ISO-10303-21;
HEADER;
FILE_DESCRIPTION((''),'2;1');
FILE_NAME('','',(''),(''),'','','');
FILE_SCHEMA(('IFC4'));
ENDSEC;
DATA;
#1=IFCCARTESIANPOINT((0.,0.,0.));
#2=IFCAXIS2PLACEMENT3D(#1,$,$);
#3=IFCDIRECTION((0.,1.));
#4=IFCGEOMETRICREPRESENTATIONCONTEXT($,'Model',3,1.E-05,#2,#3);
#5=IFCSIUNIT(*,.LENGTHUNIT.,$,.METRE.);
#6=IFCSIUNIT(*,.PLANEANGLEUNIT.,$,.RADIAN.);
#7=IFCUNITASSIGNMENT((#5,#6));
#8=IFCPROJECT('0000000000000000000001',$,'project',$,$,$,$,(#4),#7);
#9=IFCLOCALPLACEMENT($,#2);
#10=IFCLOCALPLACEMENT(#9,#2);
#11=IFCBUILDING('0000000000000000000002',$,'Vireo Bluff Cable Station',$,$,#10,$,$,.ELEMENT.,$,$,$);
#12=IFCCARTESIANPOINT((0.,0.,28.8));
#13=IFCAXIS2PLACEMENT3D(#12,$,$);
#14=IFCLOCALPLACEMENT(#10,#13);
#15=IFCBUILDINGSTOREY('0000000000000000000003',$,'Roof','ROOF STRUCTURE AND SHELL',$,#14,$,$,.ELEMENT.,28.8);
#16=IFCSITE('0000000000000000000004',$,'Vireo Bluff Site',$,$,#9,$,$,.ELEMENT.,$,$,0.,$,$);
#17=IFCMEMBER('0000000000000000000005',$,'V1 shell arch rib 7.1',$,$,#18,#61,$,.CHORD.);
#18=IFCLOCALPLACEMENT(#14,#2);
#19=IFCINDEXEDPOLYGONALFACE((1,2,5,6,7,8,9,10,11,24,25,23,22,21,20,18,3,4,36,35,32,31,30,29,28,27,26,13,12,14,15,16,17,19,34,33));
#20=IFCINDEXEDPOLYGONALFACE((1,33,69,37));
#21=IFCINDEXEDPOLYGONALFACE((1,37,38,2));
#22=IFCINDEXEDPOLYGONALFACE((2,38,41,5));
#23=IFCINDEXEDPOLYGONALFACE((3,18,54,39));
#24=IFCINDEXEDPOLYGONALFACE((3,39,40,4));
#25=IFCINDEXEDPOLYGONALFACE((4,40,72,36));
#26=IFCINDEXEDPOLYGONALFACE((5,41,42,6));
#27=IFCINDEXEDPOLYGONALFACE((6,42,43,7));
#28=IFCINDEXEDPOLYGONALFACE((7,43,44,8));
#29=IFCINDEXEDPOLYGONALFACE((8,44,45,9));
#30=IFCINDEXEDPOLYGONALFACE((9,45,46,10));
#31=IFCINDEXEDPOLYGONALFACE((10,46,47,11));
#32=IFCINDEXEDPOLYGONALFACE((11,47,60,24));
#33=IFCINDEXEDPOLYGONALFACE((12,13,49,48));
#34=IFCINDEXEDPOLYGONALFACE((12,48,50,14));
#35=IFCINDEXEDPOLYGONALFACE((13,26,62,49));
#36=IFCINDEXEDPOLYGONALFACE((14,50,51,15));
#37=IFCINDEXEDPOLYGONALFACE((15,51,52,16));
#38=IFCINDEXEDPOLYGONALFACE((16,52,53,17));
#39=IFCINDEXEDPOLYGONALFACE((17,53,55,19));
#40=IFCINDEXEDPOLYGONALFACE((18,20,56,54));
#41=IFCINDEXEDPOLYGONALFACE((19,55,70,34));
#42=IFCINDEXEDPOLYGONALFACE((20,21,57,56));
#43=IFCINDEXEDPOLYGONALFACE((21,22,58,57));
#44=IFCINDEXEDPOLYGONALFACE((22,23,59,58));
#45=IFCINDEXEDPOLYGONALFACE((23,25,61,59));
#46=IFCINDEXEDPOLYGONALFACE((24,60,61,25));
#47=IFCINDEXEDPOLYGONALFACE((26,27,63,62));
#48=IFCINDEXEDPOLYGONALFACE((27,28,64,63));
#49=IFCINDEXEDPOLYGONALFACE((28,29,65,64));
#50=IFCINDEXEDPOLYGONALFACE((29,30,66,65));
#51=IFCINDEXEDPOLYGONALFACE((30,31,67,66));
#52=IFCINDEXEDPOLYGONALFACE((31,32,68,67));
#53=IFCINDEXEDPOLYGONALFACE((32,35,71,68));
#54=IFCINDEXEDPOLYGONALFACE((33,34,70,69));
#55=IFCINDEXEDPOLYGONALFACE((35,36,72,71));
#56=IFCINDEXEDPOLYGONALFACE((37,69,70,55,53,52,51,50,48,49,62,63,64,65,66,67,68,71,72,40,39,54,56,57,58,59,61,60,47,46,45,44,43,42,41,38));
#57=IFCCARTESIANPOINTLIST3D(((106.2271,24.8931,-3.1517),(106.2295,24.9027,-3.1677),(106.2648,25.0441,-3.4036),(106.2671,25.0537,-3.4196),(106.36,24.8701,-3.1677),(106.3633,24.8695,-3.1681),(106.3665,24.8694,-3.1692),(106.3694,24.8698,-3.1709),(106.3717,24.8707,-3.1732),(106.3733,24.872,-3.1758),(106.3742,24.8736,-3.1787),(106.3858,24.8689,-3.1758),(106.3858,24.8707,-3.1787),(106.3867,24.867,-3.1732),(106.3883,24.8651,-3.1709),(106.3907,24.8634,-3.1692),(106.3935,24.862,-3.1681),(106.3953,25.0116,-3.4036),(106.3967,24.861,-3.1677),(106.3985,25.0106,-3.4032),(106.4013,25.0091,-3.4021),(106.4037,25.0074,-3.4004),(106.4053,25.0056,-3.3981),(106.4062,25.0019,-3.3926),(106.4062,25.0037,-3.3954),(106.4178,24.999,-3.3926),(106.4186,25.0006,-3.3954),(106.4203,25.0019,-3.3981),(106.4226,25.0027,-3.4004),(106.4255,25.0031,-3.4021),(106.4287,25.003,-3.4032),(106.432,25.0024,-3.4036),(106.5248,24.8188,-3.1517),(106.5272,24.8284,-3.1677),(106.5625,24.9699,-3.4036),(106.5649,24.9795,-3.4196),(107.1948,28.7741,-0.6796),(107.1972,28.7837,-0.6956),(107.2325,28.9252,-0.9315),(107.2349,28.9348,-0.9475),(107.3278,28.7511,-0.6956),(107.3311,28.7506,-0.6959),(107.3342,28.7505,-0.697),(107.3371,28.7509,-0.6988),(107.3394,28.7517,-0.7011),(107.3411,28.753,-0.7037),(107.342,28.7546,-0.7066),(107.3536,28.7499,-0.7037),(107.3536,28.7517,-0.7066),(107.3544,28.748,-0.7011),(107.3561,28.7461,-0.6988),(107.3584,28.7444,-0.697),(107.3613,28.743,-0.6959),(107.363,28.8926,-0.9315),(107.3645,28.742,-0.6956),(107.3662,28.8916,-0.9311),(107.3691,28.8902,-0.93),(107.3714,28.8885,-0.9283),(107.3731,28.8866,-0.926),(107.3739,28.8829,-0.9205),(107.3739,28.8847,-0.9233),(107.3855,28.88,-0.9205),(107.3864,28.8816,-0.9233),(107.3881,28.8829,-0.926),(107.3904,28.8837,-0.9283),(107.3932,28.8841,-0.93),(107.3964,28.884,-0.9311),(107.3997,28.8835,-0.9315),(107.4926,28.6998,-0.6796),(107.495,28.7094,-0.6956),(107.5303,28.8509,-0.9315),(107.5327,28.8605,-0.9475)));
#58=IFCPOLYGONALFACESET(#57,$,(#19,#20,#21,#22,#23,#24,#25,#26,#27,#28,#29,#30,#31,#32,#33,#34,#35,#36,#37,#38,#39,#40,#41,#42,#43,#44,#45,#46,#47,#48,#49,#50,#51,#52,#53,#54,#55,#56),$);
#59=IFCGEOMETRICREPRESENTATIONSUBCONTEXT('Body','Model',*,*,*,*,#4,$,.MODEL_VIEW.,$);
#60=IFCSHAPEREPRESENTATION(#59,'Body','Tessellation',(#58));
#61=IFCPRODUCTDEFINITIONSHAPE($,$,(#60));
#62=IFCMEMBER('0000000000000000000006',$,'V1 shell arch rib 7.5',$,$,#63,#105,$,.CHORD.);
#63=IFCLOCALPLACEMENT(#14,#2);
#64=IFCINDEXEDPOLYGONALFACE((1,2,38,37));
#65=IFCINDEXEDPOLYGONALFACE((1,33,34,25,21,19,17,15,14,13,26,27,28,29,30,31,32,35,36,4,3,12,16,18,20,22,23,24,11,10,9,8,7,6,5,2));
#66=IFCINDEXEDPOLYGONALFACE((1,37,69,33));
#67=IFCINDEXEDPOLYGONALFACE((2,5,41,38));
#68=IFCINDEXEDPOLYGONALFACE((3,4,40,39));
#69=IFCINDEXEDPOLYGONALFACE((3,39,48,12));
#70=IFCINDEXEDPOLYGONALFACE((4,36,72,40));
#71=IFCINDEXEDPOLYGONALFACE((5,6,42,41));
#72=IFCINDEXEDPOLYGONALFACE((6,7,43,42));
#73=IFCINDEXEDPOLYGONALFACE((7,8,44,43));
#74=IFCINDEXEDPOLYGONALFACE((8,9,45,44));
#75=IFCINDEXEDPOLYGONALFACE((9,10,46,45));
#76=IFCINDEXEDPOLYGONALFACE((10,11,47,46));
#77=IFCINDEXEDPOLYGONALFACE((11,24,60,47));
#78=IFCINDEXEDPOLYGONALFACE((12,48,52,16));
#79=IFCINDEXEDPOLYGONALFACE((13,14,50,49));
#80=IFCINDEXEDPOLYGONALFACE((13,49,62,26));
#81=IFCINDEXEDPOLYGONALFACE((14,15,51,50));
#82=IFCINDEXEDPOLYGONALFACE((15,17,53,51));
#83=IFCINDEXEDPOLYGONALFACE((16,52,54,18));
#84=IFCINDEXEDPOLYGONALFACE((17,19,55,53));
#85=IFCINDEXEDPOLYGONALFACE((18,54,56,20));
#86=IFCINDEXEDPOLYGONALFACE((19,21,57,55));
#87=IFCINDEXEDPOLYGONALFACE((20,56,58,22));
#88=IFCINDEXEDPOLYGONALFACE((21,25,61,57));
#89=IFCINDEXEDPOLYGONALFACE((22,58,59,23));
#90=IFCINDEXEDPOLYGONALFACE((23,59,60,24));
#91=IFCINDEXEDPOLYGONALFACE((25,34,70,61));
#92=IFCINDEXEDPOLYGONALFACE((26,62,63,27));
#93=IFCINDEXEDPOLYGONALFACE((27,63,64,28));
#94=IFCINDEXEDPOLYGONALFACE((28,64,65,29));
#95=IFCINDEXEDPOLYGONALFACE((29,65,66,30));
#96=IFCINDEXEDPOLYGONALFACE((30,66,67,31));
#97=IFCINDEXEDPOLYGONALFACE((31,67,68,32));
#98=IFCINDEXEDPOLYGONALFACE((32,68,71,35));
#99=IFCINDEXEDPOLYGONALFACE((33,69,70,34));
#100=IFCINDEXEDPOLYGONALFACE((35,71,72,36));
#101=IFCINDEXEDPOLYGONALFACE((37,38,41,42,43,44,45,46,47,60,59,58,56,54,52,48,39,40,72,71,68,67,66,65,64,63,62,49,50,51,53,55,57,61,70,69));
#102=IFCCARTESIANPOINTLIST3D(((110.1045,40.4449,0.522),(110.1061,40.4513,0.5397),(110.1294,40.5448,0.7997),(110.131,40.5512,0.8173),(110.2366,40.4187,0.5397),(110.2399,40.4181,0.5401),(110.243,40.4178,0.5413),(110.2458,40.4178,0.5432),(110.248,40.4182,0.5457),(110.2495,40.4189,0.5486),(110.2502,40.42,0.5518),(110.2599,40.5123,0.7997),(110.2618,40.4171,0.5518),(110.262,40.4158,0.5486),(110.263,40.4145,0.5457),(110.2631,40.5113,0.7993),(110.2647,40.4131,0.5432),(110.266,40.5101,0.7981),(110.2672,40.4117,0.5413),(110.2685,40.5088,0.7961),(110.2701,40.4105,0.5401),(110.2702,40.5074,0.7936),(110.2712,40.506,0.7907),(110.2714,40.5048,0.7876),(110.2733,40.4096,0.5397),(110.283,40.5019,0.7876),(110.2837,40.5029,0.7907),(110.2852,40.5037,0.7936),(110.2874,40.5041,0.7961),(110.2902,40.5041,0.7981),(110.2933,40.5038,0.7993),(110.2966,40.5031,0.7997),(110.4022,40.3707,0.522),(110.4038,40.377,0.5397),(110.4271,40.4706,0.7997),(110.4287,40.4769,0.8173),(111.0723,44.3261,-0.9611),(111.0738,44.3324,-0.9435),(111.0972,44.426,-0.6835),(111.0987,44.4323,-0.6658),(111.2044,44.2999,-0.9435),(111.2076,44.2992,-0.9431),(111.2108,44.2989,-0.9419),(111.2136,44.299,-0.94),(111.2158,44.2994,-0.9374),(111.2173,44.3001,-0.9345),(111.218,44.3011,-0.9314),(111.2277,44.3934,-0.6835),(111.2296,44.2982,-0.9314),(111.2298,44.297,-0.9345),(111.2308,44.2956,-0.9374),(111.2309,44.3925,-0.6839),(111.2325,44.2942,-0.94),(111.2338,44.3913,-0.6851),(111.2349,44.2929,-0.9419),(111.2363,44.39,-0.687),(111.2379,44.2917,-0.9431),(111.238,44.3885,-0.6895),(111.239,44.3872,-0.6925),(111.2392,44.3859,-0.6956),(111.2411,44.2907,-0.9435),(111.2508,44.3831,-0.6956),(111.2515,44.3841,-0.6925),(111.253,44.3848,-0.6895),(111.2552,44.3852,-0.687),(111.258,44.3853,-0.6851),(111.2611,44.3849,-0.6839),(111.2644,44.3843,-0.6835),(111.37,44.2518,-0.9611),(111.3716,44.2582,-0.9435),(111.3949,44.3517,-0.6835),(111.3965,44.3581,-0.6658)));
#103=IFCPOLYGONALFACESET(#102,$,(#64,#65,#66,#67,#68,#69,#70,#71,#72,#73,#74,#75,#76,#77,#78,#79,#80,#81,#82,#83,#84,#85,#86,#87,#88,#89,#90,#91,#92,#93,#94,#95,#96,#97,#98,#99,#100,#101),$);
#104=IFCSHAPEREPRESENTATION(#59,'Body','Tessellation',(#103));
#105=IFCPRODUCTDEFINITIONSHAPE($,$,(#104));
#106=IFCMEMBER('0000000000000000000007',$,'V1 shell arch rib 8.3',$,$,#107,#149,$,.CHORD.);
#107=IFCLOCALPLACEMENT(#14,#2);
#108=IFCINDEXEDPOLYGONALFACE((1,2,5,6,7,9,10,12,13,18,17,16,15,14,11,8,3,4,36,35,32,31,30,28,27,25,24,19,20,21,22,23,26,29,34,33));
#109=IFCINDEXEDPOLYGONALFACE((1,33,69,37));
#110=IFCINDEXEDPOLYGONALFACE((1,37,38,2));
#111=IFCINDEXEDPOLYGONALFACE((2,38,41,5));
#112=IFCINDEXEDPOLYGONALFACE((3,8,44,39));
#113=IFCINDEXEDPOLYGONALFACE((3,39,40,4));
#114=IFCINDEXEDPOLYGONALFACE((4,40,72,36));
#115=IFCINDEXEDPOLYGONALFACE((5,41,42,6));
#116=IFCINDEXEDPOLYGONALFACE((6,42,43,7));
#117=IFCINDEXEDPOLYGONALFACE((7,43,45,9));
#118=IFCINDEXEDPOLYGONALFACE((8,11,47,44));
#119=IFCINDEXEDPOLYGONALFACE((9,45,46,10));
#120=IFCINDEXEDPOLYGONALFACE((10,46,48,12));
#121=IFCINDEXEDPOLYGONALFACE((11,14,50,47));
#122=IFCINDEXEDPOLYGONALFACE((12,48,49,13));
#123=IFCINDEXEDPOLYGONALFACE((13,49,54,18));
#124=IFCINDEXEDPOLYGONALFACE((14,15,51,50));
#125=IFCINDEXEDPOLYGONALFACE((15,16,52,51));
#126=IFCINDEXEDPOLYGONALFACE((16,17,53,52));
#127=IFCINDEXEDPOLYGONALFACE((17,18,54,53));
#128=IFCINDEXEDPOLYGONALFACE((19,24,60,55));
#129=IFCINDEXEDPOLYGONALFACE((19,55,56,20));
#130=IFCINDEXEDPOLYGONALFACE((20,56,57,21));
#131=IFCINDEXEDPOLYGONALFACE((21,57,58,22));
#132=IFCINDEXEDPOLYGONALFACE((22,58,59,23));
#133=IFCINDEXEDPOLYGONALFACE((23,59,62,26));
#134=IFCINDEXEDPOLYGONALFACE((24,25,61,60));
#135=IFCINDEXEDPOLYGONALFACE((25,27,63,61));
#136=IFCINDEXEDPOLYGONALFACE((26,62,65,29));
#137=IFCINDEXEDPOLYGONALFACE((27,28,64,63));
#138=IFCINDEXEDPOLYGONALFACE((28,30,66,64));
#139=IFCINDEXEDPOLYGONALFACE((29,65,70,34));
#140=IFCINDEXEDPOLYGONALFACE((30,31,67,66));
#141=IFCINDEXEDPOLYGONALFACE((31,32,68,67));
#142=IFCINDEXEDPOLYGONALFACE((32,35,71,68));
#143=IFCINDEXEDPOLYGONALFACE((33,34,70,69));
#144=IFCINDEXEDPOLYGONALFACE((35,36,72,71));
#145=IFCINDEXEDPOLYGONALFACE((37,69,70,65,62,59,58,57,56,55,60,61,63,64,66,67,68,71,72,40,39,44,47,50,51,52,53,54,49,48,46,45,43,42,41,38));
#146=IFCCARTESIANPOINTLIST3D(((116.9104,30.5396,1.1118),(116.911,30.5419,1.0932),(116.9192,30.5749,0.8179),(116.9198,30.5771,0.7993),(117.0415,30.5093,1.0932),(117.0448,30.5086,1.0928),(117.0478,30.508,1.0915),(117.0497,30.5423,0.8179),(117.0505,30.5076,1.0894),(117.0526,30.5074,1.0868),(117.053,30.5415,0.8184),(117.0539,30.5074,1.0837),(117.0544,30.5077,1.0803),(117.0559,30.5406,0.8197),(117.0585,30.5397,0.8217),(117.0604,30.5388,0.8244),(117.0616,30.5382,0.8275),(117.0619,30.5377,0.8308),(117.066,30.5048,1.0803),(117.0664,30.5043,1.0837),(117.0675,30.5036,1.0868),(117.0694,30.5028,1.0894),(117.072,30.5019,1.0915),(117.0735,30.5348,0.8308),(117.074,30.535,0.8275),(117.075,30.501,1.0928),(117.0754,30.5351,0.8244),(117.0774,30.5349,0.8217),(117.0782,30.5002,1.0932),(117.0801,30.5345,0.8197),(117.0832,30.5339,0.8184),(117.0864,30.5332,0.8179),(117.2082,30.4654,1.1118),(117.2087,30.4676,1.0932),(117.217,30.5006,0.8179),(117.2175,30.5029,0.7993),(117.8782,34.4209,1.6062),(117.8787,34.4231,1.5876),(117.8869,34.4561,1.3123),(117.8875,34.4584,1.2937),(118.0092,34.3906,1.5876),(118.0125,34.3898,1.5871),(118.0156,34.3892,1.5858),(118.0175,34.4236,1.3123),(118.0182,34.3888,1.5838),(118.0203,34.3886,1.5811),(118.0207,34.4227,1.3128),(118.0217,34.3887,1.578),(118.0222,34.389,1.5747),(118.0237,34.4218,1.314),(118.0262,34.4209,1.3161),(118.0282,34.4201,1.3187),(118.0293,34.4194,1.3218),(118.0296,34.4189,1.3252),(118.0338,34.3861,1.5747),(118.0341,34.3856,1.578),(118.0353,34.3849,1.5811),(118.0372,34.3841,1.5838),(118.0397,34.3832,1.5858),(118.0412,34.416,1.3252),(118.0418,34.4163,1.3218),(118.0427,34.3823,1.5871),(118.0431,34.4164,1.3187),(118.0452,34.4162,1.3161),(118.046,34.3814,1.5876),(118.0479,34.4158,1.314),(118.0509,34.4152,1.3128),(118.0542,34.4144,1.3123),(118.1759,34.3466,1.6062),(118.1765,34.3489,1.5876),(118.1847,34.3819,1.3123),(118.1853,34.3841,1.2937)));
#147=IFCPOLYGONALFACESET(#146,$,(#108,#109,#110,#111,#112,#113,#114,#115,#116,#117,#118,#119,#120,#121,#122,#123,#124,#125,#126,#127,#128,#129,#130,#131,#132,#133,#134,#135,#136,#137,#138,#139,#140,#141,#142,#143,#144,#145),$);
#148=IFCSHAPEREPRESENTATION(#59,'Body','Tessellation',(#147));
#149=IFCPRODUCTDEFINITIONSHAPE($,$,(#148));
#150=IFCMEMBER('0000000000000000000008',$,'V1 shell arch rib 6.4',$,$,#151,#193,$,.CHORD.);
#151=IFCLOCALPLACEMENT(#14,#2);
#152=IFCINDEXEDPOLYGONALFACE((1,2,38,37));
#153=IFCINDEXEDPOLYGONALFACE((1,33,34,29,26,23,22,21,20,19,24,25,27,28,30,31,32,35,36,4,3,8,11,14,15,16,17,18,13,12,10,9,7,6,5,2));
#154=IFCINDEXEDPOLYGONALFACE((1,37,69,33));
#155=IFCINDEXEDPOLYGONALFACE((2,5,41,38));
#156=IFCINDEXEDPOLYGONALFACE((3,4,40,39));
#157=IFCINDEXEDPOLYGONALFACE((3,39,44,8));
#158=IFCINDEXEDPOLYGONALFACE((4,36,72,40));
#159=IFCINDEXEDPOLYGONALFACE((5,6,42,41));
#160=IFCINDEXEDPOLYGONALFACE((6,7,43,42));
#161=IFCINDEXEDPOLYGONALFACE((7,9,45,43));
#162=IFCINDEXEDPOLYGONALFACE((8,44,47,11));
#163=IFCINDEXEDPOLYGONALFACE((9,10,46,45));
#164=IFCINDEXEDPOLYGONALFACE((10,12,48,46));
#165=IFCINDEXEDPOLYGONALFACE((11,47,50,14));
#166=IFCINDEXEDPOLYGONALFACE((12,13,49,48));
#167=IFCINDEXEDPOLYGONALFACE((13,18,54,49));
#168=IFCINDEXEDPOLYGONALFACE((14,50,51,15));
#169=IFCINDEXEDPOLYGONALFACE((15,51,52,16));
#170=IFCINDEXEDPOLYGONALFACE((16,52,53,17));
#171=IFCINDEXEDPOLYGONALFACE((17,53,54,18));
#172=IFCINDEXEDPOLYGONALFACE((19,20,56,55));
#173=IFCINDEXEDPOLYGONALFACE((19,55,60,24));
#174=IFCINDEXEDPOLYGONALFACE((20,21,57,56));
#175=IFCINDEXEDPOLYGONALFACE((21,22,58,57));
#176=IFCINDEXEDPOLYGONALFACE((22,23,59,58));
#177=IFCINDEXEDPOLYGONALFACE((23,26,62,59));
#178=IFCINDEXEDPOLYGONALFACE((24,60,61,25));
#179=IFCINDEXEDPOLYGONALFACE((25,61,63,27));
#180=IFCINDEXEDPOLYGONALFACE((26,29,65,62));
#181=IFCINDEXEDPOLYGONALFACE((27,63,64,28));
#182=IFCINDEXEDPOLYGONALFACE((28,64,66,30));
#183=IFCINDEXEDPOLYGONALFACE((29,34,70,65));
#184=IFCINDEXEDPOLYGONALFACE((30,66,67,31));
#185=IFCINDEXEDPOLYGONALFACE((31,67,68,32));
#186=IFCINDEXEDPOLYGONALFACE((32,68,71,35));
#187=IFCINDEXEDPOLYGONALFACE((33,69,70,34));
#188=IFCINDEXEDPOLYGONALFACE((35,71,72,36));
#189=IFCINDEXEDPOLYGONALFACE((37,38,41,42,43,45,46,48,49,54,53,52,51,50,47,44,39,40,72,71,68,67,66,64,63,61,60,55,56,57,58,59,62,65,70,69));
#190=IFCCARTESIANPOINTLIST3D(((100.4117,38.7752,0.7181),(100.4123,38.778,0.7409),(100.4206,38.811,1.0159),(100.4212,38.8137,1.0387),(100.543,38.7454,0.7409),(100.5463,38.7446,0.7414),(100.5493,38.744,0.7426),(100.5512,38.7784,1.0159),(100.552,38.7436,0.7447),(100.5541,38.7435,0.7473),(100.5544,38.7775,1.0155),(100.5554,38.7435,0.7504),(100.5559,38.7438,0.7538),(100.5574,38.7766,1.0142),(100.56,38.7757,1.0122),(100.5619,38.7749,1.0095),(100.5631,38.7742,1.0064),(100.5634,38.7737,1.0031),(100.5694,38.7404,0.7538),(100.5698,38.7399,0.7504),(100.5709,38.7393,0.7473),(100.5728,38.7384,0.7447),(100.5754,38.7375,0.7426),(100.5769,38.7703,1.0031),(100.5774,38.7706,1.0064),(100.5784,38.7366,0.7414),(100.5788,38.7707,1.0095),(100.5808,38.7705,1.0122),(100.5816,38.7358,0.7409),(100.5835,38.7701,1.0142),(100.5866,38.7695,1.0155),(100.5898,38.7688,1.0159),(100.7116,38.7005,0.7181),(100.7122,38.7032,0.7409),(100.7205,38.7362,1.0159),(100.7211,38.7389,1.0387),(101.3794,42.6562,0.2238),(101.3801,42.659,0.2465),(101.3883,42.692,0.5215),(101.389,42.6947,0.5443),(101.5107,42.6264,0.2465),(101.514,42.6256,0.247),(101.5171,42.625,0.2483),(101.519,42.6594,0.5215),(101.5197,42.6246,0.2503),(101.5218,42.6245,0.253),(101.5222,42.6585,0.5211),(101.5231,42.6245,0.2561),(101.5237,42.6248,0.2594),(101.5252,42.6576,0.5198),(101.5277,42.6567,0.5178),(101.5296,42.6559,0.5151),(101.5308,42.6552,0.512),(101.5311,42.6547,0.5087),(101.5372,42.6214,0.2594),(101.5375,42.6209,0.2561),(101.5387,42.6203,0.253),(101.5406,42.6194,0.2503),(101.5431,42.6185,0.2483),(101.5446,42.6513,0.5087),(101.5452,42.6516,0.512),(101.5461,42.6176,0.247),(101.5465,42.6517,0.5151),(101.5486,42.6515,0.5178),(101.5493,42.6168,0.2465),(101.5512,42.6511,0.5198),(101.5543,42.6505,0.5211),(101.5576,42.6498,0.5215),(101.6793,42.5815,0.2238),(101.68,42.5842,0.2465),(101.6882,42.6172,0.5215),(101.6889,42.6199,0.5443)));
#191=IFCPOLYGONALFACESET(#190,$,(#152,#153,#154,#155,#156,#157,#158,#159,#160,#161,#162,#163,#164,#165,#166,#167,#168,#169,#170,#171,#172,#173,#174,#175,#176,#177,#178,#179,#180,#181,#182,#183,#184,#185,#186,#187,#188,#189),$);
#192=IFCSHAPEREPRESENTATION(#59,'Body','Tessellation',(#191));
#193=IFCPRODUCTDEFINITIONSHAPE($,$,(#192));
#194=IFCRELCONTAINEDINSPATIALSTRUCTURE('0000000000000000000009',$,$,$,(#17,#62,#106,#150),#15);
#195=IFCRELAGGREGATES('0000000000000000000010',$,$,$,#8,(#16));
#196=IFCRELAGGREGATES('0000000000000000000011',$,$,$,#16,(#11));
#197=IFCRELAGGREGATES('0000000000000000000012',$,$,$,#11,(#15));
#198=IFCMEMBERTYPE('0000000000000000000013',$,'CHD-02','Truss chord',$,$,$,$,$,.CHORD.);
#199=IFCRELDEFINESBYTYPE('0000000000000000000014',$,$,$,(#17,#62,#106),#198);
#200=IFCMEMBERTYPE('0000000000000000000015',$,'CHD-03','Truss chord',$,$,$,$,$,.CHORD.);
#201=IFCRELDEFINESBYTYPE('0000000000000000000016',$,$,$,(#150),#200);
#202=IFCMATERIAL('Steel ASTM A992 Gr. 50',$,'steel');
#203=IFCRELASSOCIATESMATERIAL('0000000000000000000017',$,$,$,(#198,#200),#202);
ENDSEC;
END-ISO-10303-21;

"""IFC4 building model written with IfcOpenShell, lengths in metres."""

from ifc_helpers import new_model, si_unit, direction, frame, origin, origin_2d, place, context, subcontext, project, spatial, i_section, extrude, material, material_profile, profile_set, type_object, element, save


model = new_model("IFC4")

# Units and contexts
model_context = context("Model", 3, precision=1e-05, world=origin(), true_north=direction((0.0, 1.0)))
body_context = subcontext(model_context, "Body", "Model", "MODEL_VIEW")
ifc_project = project(units=[si_unit("LENGTHUNIT", "METRE"), si_unit("PLANEANGLEUNIT", "RADIAN")], contexts=[model_context])

# Site, building, storey
site_placement = place(None, origin())
site = spatial("IfcSite", under=ifc_project, at=site_placement, Name="Vireo Bluff Site", CompositionType="ELEMENT", RefElevation=0.0)
building_placement = place(site_placement, origin())
building = spatial("IfcBuilding", under=site, at=building_placement, Name="Vireo Bluff Cable Station", CompositionType="ELEMENT")
storey_placement = place(building_placement, frame((0.0, 0.0, 28.8)))
storey = spatial("IfcBuildingStorey", under=building, at=storey_placement, Name="Roof", Description="ROOF STRUCTURE AND SHELL", CompositionType="ELEMENT", Elevation=28.8)

# Members
ifc_material_1 = material(Name="Steel ASTM A992 Gr. 50", Category="steel")
ifc_material_profile_1 = material_profile(ifc_material_1, i_section(OverallWidth=0.3069, OverallDepth=0.3149, WebThickness=0.012, FlangeThickness=0.0188, FilletRadius=0.0129, at=origin_2d()), Name="W12X79")
ifc_profile_set_1 = profile_set([ifc_material_profile_1], Name="Steel ASTM A992 Gr. 50")
member_type_1 = type_object("IfcMemberType", Name="CHD-02", Description="Truss chord", PredefinedType="CHORD", material=ifc_profile_set_1)
member_1_placement = place(storey_placement, frame((106.396, 24.9363, -3.2856), z_axis=(0.205811, 0.825371, 0.525741), x_axis=(-0.97029, 0.241947, 0.0)))
element("IfcMember", 1, at=member_1_placement, inside=storey, type_object=member_type_1, Name="V1 shell arch rib 7.1", PredefinedType="CHORD", context=body_context, shape_type="SweptSolid", body=[
    extrude(i_section(OverallWidth=0.3069, OverallDepth=0.3149, WebThickness=0.012, FlangeThickness=0.0188, FilletRadius=0.0129, at=origin_2d()), origin(), (0.0, 0.0, 1.0), 4.7021),
])
member_2_placement = place(storey_placement, frame((110.2666, 40.4609, 0.6697), z_axis=(0.226854, 0.909762, -0.347663), x_axis=(-0.97029, 0.241947, 0.0)))
element("IfcMember", 2, at=member_2_placement, inside=storey, type_object=member_type_1, Name="V1 shell arch rib 7.5", PredefinedType="CHORD", context=body_context, shape_type="SweptSolid", body=[
    extrude(i_section(OverallWidth=0.3069, OverallDepth=0.3149, WebThickness=0.012, FlangeThickness=0.0188, FilletRadius=0.0129, at=origin_2d()), origin(), (0.0, 0.0, 1.0), 4.2661),
])
member_3_placement = place(storey_placement, frame((117.064, 30.5212, 0.9556), z_axis=(0.240106, 0.962966, 0.122657), x_axis=(-0.970293, 0.241932, 0.0)))
element("IfcMember", 3, at=member_3_placement, inside=storey, type_object=member_type_1, Name="V1 shell arch rib 8.3", PredefinedType="CHORD", context=body_context, shape_type="SweptSolid", body=[
    extrude(i_section(OverallWidth=0.3069, OverallDepth=0.3149, WebThickness=0.012, FlangeThickness=0.0188, FilletRadius=0.0129, at=origin_2d()), origin(), (0.0, 0.0, 1.0), 4.0305),
])
ifc_material_profile_2 = material_profile(ifc_material_1, i_section(OverallWidth=0.3091, OverallDepth=0.323, WebThickness=0.0139, FlangeThickness=0.0229, FilletRadius=0.0129, at=origin_2d()), Name="W12X96")
ifc_profile_set_2 = profile_set([ifc_material_profile_2], Name="Steel ASTM A992 Gr. 50")
member_type_2 = type_object("IfcMemberType", Name="CHD-03", Description="Truss chord", PredefinedType="CHORD", material=ifc_profile_set_2)
member_4_placement = place(storey_placement, frame((100.5664, 38.7571, 0.8784), z_axis=(0.24012, 0.962962, -0.122665), x_axis=(-0.97029, 0.241947, 0.0)))
element("IfcMember", 4, at=member_4_placement, inside=storey, type_object=member_type_2, Name="V1 shell arch rib 6.4", PredefinedType="CHORD", context=body_context, shape_type="SweptSolid", body=[
    extrude(i_section(OverallWidth=0.3091, OverallDepth=0.323, WebThickness=0.0139, FlangeThickness=0.0229, FilletRadius=0.0129, at=origin_2d()), origin(), (0.0, 0.0, 1.0), 4.0303),
])

save(model, "model.ifc")
